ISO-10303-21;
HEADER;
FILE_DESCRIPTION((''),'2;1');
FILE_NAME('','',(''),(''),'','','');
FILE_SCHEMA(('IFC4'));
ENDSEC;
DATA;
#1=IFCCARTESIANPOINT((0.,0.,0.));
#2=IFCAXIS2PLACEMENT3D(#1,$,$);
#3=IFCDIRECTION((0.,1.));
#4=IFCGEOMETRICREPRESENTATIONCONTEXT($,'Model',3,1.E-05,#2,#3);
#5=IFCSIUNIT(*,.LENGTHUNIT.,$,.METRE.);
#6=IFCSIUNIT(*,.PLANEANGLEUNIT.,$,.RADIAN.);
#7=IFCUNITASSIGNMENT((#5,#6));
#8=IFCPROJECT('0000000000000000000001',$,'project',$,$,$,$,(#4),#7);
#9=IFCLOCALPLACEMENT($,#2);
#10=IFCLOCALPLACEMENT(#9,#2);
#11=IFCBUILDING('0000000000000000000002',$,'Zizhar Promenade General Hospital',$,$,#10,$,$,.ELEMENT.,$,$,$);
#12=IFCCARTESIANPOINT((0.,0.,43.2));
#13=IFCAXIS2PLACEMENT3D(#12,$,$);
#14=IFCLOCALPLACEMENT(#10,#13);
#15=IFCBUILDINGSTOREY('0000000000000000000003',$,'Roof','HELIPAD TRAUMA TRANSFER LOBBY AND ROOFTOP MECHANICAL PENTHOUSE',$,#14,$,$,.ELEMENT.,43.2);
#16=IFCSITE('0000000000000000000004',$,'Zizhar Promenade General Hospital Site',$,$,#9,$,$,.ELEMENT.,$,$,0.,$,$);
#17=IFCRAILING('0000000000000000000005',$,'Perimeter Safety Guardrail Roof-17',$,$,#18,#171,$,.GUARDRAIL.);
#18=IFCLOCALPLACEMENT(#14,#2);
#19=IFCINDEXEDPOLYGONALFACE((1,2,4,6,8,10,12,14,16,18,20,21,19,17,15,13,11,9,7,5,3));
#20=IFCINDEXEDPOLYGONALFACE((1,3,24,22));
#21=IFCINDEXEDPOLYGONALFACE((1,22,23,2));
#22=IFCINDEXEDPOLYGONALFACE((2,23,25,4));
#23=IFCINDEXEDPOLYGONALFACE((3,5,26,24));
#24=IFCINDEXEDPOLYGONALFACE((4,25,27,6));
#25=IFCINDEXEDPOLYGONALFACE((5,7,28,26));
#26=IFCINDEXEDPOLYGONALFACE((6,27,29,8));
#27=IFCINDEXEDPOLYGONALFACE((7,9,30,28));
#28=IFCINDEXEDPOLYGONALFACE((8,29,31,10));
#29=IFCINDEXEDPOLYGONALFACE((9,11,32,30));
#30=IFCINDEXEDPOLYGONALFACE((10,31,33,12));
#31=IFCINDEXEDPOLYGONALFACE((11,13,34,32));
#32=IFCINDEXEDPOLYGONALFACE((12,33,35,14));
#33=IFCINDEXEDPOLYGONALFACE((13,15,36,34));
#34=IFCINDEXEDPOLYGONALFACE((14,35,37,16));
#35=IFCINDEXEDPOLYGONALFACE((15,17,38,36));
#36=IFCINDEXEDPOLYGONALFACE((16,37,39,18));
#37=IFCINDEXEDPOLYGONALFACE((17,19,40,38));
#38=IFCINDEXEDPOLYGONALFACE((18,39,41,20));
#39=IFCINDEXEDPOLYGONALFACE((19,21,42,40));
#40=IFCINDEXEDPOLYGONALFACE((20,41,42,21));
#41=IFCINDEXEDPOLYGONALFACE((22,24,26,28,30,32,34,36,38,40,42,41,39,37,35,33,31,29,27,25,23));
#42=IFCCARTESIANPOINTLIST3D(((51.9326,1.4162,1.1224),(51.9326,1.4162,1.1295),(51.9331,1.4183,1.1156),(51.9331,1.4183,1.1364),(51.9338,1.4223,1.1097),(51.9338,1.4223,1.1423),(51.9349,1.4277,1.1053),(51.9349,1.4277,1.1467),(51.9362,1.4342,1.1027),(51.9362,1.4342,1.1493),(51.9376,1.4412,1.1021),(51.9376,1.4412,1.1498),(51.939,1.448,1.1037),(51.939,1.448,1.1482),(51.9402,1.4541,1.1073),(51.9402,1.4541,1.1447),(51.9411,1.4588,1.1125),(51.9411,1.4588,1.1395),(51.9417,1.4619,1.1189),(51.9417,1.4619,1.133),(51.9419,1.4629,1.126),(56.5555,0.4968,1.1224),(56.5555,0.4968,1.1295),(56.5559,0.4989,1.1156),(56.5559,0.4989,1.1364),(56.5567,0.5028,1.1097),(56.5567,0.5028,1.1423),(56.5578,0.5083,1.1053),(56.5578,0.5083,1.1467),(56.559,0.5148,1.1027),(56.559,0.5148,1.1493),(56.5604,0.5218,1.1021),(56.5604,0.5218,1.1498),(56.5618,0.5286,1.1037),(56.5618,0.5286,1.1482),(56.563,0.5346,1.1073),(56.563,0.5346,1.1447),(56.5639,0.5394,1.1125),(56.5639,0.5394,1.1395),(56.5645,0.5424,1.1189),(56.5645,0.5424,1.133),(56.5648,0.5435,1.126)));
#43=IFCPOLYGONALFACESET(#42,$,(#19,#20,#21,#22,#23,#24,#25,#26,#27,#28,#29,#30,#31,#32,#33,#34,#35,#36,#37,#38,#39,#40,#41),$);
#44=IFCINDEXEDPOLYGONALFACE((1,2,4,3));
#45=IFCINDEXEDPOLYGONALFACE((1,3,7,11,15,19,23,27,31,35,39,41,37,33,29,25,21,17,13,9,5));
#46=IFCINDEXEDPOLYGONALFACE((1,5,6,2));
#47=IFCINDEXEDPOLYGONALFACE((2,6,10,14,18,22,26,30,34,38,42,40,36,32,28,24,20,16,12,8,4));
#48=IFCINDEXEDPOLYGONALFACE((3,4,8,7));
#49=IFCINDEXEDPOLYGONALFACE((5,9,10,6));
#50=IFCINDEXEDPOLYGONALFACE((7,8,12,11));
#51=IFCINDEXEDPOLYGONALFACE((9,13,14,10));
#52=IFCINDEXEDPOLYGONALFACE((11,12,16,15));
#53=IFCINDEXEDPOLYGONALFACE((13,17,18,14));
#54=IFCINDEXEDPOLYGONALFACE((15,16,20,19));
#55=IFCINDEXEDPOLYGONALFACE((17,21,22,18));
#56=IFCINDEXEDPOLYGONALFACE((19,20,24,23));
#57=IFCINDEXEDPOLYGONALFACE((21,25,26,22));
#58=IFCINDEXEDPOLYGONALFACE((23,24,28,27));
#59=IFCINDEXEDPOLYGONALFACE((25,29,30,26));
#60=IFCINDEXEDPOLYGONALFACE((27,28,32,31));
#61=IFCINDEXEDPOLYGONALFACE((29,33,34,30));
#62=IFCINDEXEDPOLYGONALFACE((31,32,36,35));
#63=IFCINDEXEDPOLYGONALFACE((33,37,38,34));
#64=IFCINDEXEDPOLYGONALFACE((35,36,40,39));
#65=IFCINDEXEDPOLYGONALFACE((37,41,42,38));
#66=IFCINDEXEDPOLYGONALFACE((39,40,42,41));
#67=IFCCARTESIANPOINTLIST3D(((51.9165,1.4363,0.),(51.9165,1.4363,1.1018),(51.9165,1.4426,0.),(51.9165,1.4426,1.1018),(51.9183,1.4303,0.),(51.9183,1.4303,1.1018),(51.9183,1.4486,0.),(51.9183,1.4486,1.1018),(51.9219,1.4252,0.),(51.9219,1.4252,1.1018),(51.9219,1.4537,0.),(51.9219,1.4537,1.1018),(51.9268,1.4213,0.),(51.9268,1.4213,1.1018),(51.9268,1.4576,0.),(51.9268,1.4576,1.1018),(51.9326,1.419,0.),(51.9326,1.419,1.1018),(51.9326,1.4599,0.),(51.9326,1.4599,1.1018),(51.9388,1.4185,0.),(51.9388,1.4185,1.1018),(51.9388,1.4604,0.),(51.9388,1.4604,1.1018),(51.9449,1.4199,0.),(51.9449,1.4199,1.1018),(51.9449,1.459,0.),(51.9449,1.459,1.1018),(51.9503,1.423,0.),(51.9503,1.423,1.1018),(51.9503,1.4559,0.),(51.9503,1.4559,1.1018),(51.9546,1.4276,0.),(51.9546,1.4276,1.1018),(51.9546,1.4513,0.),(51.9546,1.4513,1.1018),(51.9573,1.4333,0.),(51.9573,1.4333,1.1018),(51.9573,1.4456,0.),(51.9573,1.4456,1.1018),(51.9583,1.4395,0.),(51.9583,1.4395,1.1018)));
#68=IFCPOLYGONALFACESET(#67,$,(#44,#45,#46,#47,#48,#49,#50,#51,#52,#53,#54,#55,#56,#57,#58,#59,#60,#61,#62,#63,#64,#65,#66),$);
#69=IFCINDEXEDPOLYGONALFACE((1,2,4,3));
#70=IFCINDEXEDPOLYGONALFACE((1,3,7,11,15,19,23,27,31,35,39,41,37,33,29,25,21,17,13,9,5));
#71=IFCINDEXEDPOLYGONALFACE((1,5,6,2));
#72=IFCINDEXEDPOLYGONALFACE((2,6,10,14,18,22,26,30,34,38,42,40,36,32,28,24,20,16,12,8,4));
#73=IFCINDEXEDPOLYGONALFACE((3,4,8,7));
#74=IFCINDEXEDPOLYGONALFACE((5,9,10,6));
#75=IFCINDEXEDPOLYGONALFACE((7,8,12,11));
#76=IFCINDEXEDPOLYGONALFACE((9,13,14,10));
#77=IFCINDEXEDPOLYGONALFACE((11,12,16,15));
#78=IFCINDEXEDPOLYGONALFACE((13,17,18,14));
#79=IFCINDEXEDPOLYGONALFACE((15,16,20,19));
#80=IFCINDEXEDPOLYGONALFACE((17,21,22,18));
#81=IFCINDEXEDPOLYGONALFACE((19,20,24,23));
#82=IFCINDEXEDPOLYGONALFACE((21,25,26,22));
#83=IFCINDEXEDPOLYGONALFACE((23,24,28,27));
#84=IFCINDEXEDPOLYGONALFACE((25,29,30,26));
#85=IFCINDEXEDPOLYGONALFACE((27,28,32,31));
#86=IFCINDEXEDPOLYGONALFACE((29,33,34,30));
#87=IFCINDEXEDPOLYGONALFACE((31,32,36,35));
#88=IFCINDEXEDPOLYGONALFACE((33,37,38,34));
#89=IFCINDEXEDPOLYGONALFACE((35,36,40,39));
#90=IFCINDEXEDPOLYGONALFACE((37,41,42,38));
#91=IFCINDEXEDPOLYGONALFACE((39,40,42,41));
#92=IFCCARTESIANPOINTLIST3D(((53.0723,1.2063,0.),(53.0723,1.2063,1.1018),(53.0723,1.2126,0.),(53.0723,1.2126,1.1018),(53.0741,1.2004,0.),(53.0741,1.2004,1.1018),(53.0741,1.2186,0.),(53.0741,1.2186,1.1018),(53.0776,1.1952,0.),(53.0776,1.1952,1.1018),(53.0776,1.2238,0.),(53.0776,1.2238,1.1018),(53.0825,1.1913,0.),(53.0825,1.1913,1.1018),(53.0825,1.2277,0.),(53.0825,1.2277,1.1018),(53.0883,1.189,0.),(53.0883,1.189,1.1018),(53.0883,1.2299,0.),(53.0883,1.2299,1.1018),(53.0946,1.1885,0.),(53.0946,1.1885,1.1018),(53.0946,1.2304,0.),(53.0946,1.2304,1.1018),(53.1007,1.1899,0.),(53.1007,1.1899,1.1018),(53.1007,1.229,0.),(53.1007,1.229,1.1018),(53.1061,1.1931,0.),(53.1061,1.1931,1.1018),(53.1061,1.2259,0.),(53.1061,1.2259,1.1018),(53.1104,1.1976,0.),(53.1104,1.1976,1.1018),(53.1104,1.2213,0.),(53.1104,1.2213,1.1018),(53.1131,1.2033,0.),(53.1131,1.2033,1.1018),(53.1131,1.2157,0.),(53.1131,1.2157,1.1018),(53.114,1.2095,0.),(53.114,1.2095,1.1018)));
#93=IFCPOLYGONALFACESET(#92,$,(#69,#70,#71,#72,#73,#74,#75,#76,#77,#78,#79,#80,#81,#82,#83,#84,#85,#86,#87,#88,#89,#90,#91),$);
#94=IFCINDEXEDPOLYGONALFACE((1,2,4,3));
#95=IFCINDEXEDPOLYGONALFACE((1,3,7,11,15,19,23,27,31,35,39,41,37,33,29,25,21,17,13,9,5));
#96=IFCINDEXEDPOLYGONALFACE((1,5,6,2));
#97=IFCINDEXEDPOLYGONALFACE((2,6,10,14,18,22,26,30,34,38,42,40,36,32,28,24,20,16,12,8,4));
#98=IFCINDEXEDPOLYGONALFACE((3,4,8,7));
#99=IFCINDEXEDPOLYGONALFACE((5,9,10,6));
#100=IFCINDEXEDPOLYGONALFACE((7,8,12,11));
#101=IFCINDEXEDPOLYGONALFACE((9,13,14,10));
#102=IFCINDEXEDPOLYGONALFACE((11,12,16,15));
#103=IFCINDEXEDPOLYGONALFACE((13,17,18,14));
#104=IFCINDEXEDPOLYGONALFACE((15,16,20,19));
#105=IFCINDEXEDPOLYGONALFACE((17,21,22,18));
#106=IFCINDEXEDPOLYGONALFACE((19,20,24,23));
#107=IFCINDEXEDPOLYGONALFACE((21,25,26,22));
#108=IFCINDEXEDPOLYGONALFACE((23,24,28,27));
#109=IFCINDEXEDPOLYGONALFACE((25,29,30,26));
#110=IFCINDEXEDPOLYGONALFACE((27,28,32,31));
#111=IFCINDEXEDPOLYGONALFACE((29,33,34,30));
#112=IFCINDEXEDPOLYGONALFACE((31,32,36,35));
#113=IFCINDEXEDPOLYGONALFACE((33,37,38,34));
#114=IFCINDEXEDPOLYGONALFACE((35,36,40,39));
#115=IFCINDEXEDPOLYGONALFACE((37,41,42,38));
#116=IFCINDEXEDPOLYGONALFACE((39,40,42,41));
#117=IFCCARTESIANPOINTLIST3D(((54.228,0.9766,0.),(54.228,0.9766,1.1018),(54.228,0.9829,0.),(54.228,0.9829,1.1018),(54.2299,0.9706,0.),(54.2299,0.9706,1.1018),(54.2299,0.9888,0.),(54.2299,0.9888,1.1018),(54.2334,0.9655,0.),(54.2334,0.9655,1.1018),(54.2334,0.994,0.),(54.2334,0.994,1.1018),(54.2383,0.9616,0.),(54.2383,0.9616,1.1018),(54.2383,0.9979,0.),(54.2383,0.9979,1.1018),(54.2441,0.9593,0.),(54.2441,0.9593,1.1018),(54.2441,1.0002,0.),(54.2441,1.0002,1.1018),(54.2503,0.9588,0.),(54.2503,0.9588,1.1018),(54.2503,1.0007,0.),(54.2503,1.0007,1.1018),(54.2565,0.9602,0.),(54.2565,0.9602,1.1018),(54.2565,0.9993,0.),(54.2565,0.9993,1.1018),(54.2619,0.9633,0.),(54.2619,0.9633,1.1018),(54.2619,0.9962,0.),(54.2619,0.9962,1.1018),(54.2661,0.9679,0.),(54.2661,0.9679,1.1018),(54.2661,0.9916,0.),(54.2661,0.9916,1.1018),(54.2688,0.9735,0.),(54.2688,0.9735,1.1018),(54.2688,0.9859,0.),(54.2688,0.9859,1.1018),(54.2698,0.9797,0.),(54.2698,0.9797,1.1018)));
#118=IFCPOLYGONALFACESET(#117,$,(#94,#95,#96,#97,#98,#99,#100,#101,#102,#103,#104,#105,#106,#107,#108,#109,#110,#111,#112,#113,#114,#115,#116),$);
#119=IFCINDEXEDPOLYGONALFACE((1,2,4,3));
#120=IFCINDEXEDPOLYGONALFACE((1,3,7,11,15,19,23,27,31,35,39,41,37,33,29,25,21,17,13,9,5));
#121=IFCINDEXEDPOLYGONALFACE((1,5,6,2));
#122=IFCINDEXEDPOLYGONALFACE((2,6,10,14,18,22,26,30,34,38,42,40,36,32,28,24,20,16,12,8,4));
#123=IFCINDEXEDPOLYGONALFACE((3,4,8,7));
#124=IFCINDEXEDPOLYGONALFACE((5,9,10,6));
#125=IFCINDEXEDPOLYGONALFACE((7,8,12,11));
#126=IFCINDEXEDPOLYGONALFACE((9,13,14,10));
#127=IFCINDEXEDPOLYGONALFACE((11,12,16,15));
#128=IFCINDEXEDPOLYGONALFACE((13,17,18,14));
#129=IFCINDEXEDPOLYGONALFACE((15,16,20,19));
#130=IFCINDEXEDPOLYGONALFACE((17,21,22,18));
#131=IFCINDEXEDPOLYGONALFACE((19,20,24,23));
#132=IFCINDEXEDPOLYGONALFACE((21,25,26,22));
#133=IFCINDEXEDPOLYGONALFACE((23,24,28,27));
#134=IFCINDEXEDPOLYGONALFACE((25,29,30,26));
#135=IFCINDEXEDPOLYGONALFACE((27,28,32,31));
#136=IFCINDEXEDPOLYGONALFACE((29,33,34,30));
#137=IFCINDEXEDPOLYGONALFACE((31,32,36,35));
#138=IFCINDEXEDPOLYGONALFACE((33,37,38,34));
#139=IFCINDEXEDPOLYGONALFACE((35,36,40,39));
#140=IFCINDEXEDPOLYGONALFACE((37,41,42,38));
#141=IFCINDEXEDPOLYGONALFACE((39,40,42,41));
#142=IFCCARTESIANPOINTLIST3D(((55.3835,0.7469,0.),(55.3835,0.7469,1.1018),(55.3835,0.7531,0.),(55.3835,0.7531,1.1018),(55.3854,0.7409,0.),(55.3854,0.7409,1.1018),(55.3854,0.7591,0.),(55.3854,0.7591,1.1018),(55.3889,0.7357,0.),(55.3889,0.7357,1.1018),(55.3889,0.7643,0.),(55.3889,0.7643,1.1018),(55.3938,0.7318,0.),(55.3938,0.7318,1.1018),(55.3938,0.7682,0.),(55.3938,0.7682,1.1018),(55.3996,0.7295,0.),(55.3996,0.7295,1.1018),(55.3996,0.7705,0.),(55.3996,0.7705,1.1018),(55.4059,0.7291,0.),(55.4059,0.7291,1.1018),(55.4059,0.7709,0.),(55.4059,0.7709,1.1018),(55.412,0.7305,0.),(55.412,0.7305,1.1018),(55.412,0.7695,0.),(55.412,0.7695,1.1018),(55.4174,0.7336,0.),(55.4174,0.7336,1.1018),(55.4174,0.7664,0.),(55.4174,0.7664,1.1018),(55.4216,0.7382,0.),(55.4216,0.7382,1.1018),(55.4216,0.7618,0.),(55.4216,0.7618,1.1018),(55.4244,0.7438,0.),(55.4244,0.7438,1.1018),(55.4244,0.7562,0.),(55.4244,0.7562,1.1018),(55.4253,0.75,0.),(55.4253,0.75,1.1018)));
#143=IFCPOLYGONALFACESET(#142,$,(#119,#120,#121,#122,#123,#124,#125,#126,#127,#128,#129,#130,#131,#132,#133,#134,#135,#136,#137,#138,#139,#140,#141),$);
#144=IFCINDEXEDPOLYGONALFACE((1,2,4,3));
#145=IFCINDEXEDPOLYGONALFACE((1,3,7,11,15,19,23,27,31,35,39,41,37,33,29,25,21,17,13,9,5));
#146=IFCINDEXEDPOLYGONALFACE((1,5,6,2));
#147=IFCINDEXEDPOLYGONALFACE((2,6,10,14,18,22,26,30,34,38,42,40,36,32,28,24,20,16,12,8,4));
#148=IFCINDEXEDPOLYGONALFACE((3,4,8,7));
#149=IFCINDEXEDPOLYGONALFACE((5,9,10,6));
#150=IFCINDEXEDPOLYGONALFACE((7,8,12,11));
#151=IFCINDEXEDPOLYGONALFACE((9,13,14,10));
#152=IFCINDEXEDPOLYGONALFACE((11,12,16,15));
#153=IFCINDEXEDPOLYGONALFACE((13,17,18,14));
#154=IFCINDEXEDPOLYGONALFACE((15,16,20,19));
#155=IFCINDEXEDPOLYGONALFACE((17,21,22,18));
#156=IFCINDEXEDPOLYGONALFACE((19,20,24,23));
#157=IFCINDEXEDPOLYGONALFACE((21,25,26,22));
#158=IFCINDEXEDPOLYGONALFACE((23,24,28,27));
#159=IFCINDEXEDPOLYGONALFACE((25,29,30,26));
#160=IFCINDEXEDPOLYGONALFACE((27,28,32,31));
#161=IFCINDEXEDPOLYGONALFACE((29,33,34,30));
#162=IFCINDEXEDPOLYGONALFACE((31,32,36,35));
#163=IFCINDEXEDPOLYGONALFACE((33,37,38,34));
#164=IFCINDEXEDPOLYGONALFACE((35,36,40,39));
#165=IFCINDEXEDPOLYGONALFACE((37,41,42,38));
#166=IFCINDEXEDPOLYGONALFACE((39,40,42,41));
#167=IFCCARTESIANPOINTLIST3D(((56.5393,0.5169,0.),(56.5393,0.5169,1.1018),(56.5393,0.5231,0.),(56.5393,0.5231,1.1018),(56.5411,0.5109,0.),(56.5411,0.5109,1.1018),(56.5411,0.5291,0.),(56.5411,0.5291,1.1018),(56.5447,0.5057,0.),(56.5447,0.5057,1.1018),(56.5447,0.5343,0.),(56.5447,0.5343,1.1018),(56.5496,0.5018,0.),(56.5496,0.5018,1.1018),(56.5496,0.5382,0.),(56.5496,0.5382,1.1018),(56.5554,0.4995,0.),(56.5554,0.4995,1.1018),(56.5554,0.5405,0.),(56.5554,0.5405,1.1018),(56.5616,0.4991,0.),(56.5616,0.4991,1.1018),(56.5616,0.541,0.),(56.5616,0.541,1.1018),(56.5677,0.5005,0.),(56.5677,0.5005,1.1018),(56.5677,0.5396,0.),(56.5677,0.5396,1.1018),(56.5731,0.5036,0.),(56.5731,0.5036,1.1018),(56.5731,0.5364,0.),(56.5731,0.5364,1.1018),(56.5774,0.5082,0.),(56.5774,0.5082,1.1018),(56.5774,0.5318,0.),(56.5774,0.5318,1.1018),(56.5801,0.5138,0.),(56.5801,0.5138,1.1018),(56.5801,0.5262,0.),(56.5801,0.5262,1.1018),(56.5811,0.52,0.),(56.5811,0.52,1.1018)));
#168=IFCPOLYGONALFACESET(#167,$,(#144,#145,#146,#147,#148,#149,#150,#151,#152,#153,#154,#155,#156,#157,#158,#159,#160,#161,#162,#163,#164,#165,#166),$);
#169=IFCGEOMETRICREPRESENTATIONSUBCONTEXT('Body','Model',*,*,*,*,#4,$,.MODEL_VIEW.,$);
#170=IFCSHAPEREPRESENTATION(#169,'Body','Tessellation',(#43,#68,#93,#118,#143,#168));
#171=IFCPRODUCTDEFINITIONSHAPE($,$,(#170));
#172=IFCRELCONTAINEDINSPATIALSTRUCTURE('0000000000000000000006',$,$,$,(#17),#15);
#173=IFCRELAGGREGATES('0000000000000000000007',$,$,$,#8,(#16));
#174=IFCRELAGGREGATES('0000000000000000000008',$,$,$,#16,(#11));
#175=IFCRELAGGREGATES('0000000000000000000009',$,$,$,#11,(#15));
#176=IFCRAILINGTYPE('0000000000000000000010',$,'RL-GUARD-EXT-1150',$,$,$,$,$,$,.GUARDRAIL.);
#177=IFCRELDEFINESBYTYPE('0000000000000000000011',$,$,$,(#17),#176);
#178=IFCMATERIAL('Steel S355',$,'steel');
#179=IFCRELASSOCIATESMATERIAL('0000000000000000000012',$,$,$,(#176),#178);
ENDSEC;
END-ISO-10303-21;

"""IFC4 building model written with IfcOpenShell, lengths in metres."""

from ifc_helpers import new_model, si_unit, direction, frame, origin, origin_2d, place, context, subcontext, project, spatial, hollow_rectangle, circle, extrude, material, material_profile, profile_set, type_object, element, save


model = new_model("IFC4")

# Units and contexts
model_context = context("Model", 3, precision=1e-05, world=origin(), true_north=direction((0.0, 1.0)))
body_context = subcontext(model_context, "Body", "Model", "MODEL_VIEW")
ifc_project = project(units=[si_unit("LENGTHUNIT", "METRE"), si_unit("PLANEANGLEUNIT", "RADIAN")], contexts=[model_context])

# Site, building, storey
site_placement = place(None, origin())
site = spatial("IfcSite", under=ifc_project, at=site_placement, Name="Zizhar Promenade General Hospital Site", CompositionType="ELEMENT", RefElevation=0.0)
building_placement = place(site_placement, origin())
building = spatial("IfcBuilding", under=site, at=building_placement, Name="Zizhar Promenade General Hospital", CompositionType="ELEMENT")
storey_placement = place(building_placement, frame((0.0, 0.0, 43.2)))
storey = spatial("IfcBuildingStorey", under=building, at=storey_placement, Name="Roof", Description="HELIPAD TRAUMA TRANSFER LOBBY AND ROOFTOP MECHANICAL PENTHOUSE", CompositionType="ELEMENT", Elevation=43.2)

# Railing
ifc_material_1 = material(Name="Steel S355", Category="steel")
ifc_material_profile_1 = material_profile(ifc_material_1, hollow_rectangle(XDim=0.0601, YDim=0.1201, WallThickness=0.0039, at=origin_2d()))
ifc_profile_set_1 = profile_set([ifc_material_profile_1], Name="Steel S355")
railing_type_1 = type_object("IfcRailingType", Name="RL-GUARD-EXT-1150", PredefinedType="GUARDRAIL", material=ifc_profile_set_1)
railing_1_placement = place(storey_placement, frame((51.9373, 1.4395, 0.0)))
element("IfcRailing", 1, at=railing_1_placement, inside=storey, type_object=railing_type_1, Name="Perimeter Safety Guardrail Roof-17", PredefinedType="GUARDRAIL", context=body_context, shape_type="SweptSolid", body=[
    extrude(circle(Radius=0.0239, at=origin_2d()), frame((0.0, 0.0, 1.126), z_axis=(0.980789, -0.19507, 0.0), x_axis=(0.19507, 0.980789, 0.0)), (0.0, 0.0, 1.0), 4.7134),
    extrude(circle(Radius=0.021, at=origin_2d()), origin(), (0.0, 0.0, 1.0), 1.1018),
    extrude(circle(Radius=0.021, at=origin_2d()), frame((1.1558, -0.23, 0.0)), (0.0, 0.0, 1.0), 1.1018),
    extrude(circle(Radius=0.021, at=origin_2d()), frame((2.3115, -0.4597, 0.0)), (0.0, 0.0, 1.0), 1.1018),
    extrude(circle(Radius=0.021, at=origin_2d()), frame((3.467, -0.6895, 0.0)), (0.0, 0.0, 1.0), 1.1018),
    extrude(circle(Radius=0.021, at=origin_2d()), frame((4.6228, -0.9194, 0.0)), (0.0, 0.0, 1.0), 1.1018),
])

save(model, "model.ifc")
